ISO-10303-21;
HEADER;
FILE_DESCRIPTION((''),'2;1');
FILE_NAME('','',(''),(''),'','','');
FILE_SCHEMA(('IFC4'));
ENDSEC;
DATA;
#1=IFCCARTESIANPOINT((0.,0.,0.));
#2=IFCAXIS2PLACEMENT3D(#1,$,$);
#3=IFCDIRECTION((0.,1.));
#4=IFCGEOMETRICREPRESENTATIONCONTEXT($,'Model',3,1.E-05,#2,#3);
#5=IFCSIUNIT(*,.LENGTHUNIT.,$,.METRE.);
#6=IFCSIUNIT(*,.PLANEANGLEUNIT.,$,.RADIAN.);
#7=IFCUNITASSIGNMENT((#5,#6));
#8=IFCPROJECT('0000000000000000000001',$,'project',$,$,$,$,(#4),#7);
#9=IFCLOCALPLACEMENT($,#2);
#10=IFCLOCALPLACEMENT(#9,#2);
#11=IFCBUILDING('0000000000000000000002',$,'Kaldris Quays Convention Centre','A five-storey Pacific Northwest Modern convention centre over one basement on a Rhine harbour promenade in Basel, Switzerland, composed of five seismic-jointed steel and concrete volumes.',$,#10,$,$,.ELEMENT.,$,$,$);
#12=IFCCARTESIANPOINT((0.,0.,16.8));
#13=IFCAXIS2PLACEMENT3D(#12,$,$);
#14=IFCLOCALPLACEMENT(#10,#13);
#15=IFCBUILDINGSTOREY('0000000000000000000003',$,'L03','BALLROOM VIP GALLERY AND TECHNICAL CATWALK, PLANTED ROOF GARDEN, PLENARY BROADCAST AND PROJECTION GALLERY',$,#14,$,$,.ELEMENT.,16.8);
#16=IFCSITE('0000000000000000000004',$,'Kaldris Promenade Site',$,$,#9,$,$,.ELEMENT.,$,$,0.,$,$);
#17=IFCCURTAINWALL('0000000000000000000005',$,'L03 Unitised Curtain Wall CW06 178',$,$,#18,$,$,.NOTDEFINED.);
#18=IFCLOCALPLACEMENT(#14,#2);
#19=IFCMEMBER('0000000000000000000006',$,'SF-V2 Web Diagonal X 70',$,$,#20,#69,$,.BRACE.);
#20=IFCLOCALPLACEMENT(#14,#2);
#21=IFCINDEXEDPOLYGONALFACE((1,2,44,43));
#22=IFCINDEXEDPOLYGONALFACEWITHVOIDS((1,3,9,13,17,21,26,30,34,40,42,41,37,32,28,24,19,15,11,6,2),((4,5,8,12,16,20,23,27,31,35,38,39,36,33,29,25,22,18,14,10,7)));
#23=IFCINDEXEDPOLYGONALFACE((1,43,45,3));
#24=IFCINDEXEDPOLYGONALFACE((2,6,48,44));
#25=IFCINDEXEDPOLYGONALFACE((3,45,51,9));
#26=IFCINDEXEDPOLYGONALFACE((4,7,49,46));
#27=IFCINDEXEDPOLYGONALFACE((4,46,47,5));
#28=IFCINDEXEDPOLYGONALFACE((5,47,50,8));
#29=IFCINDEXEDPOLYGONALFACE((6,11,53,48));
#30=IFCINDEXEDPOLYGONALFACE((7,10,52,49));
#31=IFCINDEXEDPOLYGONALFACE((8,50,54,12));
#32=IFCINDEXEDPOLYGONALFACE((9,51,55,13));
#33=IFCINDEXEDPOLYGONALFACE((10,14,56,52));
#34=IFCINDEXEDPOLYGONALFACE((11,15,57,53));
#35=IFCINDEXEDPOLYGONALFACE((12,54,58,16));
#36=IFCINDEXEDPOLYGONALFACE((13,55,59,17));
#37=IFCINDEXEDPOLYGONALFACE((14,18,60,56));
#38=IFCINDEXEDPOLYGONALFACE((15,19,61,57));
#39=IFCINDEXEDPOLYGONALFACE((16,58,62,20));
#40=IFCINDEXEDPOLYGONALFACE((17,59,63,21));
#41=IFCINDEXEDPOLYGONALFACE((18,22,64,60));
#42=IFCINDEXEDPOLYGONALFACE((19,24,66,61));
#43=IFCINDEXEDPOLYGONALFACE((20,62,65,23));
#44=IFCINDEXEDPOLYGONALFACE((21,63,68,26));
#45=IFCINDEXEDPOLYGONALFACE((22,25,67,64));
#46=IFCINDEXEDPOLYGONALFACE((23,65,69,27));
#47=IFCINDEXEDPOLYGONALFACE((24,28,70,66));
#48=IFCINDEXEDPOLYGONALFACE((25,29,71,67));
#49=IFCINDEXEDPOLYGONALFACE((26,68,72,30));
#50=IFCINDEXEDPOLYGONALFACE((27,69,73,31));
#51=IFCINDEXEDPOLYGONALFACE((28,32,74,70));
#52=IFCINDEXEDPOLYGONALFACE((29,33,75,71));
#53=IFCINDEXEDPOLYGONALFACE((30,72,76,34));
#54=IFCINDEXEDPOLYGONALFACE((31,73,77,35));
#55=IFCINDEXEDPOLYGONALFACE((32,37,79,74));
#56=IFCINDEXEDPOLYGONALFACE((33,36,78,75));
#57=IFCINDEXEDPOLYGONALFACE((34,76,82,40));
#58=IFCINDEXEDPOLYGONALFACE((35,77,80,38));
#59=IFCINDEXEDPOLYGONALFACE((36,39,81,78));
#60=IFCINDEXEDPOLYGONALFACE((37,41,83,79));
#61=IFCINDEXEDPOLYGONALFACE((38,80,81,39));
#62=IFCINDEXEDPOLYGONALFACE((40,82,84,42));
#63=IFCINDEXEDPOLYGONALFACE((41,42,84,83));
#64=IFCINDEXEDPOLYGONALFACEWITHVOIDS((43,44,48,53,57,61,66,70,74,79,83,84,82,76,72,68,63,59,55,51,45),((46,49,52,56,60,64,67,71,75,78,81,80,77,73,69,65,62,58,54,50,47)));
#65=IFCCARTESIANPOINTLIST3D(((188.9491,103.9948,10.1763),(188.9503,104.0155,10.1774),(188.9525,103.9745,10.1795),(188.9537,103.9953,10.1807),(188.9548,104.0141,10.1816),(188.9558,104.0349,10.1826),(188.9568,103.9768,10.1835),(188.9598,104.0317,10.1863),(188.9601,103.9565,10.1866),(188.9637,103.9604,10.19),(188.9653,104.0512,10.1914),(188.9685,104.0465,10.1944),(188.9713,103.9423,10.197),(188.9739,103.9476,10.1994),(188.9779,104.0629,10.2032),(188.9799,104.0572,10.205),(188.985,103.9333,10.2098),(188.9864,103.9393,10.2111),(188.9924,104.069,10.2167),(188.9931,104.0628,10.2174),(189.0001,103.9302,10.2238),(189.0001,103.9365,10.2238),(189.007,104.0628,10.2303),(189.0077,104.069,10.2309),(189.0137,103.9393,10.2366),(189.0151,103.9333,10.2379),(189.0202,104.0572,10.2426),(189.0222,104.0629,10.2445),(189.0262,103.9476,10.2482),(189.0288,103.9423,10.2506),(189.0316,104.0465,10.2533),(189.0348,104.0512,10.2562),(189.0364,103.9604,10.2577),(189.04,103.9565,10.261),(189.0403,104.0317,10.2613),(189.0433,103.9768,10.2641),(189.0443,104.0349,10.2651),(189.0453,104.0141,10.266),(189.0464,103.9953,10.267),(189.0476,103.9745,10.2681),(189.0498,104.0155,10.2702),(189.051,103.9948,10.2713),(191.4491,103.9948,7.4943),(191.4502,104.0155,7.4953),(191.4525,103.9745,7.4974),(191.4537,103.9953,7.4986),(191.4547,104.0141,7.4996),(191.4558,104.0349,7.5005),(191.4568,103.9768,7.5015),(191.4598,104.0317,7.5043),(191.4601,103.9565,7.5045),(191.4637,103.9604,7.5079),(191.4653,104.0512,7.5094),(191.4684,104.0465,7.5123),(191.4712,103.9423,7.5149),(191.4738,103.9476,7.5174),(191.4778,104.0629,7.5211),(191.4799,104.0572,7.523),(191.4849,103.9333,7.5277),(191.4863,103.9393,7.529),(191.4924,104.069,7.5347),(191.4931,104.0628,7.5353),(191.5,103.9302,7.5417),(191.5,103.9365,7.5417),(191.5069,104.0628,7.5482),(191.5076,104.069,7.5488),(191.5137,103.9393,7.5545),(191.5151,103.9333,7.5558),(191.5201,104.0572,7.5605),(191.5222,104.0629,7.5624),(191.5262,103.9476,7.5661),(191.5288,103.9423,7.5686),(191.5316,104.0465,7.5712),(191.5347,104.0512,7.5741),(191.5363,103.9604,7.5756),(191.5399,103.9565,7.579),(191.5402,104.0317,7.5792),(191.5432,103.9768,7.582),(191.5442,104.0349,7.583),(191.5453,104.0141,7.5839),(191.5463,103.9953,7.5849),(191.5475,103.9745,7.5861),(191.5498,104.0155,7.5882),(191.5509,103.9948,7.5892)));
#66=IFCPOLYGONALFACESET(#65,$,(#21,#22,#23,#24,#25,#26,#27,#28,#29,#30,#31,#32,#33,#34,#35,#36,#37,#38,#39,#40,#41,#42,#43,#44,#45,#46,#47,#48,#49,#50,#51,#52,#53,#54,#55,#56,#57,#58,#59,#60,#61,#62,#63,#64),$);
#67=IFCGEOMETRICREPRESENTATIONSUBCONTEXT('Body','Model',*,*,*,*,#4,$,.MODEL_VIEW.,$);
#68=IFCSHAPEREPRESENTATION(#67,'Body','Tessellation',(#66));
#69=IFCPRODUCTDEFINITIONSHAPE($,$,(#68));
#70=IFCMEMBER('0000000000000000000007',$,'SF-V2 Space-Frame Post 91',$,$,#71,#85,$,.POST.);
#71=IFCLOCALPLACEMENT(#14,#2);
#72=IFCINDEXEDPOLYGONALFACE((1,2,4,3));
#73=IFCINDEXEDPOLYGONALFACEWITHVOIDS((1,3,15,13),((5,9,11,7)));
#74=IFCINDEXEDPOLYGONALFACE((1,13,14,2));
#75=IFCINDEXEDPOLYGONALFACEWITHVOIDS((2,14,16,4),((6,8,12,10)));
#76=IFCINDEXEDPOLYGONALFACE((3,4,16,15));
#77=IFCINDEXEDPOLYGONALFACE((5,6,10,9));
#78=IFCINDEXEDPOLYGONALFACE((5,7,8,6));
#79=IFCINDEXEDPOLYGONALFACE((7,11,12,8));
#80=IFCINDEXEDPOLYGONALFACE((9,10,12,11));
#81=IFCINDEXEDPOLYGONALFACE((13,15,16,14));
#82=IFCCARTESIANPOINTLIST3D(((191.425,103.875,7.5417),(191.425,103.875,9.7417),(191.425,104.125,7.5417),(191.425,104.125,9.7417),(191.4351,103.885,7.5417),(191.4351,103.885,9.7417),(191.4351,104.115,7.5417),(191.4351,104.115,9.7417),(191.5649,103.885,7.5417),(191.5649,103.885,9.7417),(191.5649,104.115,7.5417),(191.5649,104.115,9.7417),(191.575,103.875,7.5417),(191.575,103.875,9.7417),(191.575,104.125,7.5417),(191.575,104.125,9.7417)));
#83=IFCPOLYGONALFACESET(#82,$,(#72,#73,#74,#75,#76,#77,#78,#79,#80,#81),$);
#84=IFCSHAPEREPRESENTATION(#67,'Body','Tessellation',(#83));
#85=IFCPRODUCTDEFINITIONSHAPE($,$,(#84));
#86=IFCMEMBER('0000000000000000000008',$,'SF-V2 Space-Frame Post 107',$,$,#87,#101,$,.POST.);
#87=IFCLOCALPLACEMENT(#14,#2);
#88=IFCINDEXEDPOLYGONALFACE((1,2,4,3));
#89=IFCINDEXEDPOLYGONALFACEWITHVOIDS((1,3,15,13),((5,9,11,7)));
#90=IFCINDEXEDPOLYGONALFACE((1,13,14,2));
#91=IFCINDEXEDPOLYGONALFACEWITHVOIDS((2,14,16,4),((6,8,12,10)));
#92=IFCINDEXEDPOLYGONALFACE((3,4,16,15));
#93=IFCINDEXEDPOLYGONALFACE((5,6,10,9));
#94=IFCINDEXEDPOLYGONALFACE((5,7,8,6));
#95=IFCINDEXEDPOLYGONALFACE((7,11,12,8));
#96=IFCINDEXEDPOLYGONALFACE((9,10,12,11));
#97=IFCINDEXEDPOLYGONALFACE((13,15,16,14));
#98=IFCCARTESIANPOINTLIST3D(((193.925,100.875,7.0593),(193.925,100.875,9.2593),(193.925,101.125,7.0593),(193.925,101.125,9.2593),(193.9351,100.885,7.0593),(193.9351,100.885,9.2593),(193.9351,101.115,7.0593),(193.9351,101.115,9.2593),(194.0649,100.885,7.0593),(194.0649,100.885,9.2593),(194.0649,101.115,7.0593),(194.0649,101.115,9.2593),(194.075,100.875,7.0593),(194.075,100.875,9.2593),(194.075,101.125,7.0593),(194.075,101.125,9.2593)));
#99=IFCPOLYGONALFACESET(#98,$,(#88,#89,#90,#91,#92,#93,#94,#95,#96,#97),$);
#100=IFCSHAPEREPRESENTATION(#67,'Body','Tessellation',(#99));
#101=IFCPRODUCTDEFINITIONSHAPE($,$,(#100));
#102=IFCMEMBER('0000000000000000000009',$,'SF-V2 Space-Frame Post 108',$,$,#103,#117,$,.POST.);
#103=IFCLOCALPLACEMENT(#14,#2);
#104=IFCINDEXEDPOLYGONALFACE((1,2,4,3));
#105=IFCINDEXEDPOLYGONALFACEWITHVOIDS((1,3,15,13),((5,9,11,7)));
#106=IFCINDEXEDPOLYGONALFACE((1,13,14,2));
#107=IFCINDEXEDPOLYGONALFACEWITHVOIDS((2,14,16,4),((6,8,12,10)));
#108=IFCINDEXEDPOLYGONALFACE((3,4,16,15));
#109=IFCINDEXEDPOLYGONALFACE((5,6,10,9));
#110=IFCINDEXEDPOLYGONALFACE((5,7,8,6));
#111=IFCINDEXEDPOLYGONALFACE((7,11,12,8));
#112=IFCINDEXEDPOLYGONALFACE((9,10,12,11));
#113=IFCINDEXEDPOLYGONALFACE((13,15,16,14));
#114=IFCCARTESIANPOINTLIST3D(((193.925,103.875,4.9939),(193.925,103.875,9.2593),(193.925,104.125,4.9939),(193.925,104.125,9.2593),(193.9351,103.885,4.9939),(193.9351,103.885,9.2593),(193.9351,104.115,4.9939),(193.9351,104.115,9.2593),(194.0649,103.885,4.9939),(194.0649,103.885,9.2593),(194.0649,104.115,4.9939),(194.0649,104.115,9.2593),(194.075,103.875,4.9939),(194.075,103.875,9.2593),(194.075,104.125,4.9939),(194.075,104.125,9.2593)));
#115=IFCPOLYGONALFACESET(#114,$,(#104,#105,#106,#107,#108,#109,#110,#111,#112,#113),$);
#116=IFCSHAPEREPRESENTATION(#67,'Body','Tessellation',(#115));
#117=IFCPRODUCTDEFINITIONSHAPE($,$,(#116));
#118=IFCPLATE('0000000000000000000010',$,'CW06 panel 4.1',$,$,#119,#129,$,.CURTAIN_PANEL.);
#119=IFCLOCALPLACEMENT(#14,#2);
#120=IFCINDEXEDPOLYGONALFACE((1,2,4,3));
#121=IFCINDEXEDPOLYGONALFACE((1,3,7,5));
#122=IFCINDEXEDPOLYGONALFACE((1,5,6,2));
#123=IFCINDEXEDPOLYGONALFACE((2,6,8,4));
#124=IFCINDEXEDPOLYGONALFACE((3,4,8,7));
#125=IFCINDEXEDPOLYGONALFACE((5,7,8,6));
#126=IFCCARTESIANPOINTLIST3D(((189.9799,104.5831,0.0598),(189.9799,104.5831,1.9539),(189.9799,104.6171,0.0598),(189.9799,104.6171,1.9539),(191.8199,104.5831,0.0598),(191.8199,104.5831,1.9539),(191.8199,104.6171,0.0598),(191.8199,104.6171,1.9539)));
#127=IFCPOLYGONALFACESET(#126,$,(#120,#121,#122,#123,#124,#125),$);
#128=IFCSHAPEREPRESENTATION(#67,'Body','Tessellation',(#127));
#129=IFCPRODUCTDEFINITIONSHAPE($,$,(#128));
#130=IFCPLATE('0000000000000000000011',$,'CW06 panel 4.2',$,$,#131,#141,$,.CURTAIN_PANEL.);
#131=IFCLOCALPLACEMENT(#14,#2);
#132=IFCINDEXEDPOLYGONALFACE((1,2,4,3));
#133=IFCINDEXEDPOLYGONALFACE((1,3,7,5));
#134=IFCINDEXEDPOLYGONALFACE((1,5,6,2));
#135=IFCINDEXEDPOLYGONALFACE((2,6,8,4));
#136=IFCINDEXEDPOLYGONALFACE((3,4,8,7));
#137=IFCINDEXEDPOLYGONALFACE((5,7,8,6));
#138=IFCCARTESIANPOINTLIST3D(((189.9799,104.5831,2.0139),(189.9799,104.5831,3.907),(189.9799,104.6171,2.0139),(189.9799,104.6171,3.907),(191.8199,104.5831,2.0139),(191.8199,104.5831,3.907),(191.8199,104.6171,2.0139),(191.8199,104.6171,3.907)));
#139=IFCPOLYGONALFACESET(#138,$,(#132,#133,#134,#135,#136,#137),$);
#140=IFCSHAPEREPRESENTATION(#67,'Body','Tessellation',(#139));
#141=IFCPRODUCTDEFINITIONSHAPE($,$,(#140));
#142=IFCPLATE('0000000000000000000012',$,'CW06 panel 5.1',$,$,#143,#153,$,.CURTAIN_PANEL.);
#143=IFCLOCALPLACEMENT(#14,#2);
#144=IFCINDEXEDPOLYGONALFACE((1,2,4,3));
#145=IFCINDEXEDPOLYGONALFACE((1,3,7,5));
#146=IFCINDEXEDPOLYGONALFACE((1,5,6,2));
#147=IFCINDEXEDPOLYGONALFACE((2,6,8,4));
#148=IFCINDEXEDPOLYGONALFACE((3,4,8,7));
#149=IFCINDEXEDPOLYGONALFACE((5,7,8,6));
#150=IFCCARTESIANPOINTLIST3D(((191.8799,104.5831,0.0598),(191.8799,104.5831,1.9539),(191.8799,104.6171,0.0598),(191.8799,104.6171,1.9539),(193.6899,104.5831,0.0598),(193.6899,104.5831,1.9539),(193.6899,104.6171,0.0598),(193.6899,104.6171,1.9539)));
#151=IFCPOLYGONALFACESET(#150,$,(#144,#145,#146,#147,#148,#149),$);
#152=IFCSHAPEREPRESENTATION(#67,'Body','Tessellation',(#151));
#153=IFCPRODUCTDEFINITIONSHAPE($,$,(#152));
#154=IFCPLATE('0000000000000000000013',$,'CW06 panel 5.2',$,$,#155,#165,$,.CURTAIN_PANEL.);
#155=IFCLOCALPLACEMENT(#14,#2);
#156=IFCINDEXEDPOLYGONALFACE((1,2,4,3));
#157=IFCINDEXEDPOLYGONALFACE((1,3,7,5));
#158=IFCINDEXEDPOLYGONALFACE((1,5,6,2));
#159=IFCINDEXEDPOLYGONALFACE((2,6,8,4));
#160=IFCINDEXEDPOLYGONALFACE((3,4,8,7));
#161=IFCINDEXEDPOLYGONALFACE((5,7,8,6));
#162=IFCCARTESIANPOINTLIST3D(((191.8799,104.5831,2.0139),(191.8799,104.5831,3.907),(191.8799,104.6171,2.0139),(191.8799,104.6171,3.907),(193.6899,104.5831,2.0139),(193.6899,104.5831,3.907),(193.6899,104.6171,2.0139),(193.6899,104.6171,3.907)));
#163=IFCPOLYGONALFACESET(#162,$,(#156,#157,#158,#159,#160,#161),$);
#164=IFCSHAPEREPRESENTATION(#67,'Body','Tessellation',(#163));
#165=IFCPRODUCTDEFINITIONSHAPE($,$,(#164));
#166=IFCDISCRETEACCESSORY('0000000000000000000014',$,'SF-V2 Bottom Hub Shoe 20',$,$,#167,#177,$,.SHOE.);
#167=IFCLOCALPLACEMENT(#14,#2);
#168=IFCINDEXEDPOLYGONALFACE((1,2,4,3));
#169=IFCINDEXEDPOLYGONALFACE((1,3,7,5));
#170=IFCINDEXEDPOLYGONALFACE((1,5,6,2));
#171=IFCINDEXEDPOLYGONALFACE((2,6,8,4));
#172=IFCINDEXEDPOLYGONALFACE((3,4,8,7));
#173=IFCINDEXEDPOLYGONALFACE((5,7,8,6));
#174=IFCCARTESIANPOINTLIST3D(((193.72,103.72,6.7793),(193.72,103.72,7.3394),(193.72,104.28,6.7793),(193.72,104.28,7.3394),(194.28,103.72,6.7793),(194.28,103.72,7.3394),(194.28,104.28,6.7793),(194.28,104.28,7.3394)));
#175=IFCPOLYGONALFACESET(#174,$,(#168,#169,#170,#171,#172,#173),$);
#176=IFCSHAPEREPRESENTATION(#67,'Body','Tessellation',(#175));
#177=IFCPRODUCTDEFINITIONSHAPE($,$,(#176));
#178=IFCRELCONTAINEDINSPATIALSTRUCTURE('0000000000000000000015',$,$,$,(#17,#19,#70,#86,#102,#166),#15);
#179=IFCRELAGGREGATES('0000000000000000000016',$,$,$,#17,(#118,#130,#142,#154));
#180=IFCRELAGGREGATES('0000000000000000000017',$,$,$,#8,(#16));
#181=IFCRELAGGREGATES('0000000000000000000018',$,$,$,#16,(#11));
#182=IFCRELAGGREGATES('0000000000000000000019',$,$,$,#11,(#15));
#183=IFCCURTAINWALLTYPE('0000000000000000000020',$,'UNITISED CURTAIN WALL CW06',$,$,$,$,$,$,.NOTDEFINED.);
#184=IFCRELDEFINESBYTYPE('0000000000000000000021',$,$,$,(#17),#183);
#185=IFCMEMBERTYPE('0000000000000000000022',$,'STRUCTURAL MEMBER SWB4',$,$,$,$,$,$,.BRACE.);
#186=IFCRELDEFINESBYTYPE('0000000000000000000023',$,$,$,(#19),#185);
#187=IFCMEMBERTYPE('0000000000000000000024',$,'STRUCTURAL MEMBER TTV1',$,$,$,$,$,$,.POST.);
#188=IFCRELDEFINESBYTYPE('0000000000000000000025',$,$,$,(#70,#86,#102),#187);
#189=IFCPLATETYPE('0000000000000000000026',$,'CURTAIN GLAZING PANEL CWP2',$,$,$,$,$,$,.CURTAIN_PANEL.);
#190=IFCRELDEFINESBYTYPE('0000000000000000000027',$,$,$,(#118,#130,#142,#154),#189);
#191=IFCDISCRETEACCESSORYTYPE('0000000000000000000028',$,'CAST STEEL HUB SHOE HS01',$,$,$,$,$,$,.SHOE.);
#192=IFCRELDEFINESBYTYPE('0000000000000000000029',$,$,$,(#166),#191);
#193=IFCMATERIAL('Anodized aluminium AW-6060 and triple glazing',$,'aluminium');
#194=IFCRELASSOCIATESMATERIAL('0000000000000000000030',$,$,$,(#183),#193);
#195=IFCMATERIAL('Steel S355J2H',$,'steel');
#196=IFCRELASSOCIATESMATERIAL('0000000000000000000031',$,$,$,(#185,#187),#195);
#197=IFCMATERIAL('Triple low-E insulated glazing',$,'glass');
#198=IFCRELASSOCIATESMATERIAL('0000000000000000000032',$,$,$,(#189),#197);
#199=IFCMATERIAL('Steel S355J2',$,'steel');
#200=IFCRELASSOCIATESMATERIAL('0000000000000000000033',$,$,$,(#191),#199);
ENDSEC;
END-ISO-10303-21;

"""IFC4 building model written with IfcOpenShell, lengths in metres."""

from ifc_helpers import new_model, si_unit, direction, frame, origin, origin_2d, place, context, subcontext, project, spatial, rectangle, hollow_rectangle, hollow_circle, extrude, material, material_profile, profile_set, type_object, element, aggregate, save


model = new_model("IFC4")

# Units and contexts
model_context = context("Model", 3, precision=1e-05, world=origin(), true_north=direction((0.0, 1.0)))
body_context = subcontext(model_context, "Body", "Model", "MODEL_VIEW")
ifc_project = project(units=[si_unit("LENGTHUNIT", "METRE"), si_unit("PLANEANGLEUNIT", "RADIAN")], contexts=[model_context])

# Site, building, storey
site_placement = place(None, origin())
site = spatial("IfcSite", under=ifc_project, at=site_placement, Name="Kaldris Promenade Site", CompositionType="ELEMENT", RefElevation=0.0)
building_placement = place(site_placement, origin())
building = spatial("IfcBuilding", under=site, at=building_placement, Name="Kaldris Quays Convention Centre", Description="A five-storey Pacific Northwest Modern convention centre over one basement on a Rhine harbour promenade in Basel, Switzerland, composed of five seismic-jointed steel and concrete volumes.", CompositionType="ELEMENT")
storey_placement = place(building_placement, frame((0.0, 0.0, 16.8)))
storey = spatial("IfcBuildingStorey", under=building, at=storey_placement, Name="L03", Description="BALLROOM VIP GALLERY AND TECHNICAL CATWALK, PLANTED ROOF GARDEN, PLENARY BROADCAST AND PROJECTION GALLERY", CompositionType="ELEMENT", Elevation=16.8)

# Shared definitions
ifc_material_1 = material(Name="Steel S355J2", Category="steel")

# Curtain wall
ifc_material_2 = material(Name="Anodized aluminium AW-6060 and triple glazing", Category="aluminium")
curtain_wall_type = type_object("IfcCurtainWallType", Name="UNITISED CURTAIN WALL CW06", PredefinedType="NOTDEFINED", material=ifc_material_2)
curtain_wall_placement = place(storey_placement, origin())
curtain_wall = element("IfcCurtainWall", 1, at=curtain_wall_placement, inside=storey, type_object=curtain_wall_type, Name="L03 Unitised Curtain Wall CW06 178", PredefinedType="NOTDEFINED")

# Members
ifc_material_3 = material(Name="Steel S355J2H", Category="steel")
ifc_material_profile_1 = material_profile(ifc_material_3, hollow_circle(Radius=0.0698, WallThickness=0.0063, at=origin_2d()), Name="CHS 139.7x6.3")
ifc_profile_set_1 = profile_set([ifc_material_profile_1], Name="Steel S355J2H")
member_type_1 = type_object("IfcMemberType", Name="STRUCTURAL MEMBER SWB4", PredefinedType="BRACE", material=ifc_profile_set_1)
member_1_placement = place(storey_placement, frame((191.5, 104.0, 7.5417), z_axis=(-0.681834, 0.0, 0.731507), x_axis=(0.0, -1.0, 0.0)))
element("IfcMember", 2, at=member_1_placement, inside=storey, type_object=member_type_1, Name="SF-V2 Web Diagonal X 70", PredefinedType="BRACE", context=body_context, shape_type="SweptSolid", body=[
    extrude(hollow_circle(Radius=0.0698, WallThickness=0.0063, at=origin_2d()), origin(), (0.0, 0.0, 1.0), 3.6665),
])
ifc_material_profile_2 = material_profile(ifc_material_3, hollow_rectangle(XDim=0.1499, YDim=0.25, WallThickness=0.01, at=origin_2d()), Name="RHS 250x150x10")
ifc_profile_set_2 = profile_set([ifc_material_profile_2], Name="Steel S355J2H")
member_type_2 = type_object("IfcMemberType", Name="STRUCTURAL MEMBER TTV1", PredefinedType="POST", material=ifc_profile_set_2)
for number, where, z_axis, x_axis, name in (
    (3, (191.5, 104.0, 7.5417), (0.0, 0.0, 1.0), (1.0, 0.0, 0.0), "SF-V2 Space-Frame Post 91"),
    (4, (194.0, 101.0, 7.0593), (0.0, 0.0, 1.0), (1.0, 0.0, 0.0), "SF-V2 Space-Frame Post 107"),
):
    element("IfcMember", number, at=place(storey_placement, frame(where, z_axis=z_axis, x_axis=x_axis)), inside=storey, type_object=member_type_2, Name=name, PredefinedType="POST", context=body_context, shape_type="SweptSolid", body=[
        extrude(hollow_rectangle(XDim=0.1499, YDim=0.25, WallThickness=0.01, at=origin_2d()), origin(), (0.0, 0.0, 1.0), 2.2),
    ])
member_2_placement = place(storey_placement, frame((194.0, 104.0, 4.9939), z_axis=(0.0, 0.0, 1.0), x_axis=(1.0, 0.0, 0.0)))
element("IfcMember", 5, at=member_2_placement, inside=storey, type_object=member_type_2, Name="SF-V2 Space-Frame Post 108", PredefinedType="POST", context=body_context, shape_type="SweptSolid", body=[
    extrude(hollow_rectangle(XDim=0.1499, YDim=0.25, WallThickness=0.01, at=origin_2d()), origin(), (0.0, 0.0, 1.0), 4.2654),
])

# Plates
ifc_material_4 = material(Name="Triple low-E insulated glazing", Category="glass")
plate_type = type_object("IfcPlateType", Name="CURTAIN GLAZING PANEL CWP2", PredefinedType="CURTAIN_PANEL", material=ifc_material_4)
plate_1_placement = place(storey_placement, frame((190.8999, 104.6001, 0.0598), z_axis=(0.0, 0.0, 1.0), x_axis=(1.0, 0.0, 0.0)))
plate_1 = element("IfcPlate", 6, at=plate_1_placement, type_object=plate_type, Name="CW06 panel 4.1", PredefinedType="CURTAIN_PANEL", context=body_context, shape_type="SweptSolid", body=[
    extrude(rectangle(XDim=1.8401, YDim=0.0339, at=origin_2d()), origin(), (0.0, 0.0, 1.0), 1.894),
])
plate_2_placement = place(storey_placement, frame((190.8999, 104.6001, 2.0139), z_axis=(0.0, 0.0, 1.0), x_axis=(1.0, 0.0, 0.0)))
plate_2 = element("IfcPlate", 7, at=plate_2_placement, type_object=plate_type, Name="CW06 panel 4.2", PredefinedType="CURTAIN_PANEL", context=body_context, shape_type="SweptSolid", body=[
    extrude(rectangle(XDim=1.8401, YDim=0.0339, at=origin_2d()), origin(), (0.0, 0.0, 1.0), 1.8931),
])
plate_3_placement = place(storey_placement, frame((192.7849, 104.6001, 0.0598), z_axis=(0.0, 0.0, 1.0), x_axis=(1.0, 0.0, 0.0)))
plate_3 = element("IfcPlate", 8, at=plate_3_placement, type_object=plate_type, Name="CW06 panel 5.1", PredefinedType="CURTAIN_PANEL", context=body_context, shape_type="SweptSolid", body=[
    extrude(rectangle(XDim=1.8101, YDim=0.0339, at=origin_2d()), origin(), (0.0, 0.0, 1.0), 1.894),
])
plate_4_placement = place(storey_placement, frame((192.7849, 104.6001, 2.0139), z_axis=(0.0, 0.0, 1.0), x_axis=(1.0, 0.0, 0.0)))
plate_4 = element("IfcPlate", 9, at=plate_4_placement, type_object=plate_type, Name="CW06 panel 5.2", PredefinedType="CURTAIN_PANEL", context=body_context, shape_type="SweptSolid", body=[
    extrude(rectangle(XDim=1.8101, YDim=0.0339, at=origin_2d()), origin(), (0.0, 0.0, 1.0), 1.8931),
])
aggregate(curtain_wall, [plate_1, plate_2, plate_3, plate_4])

# Discrete accessory
discrete_accessory_type = type_object("IfcDiscreteAccessoryType", Name="CAST STEEL HUB SHOE HS01", PredefinedType="SHOE", material=ifc_material_1)
discrete_accessory_placement = place(storey_placement, frame((194.0, 104.0, 6.7793), z_axis=(0.0, 0.0, 1.0), x_axis=(1.0, 0.0, 0.0)))
element("IfcDiscreteAccessory", 10, at=discrete_accessory_placement, inside=storey, type_object=discrete_accessory_type, Name="SF-V2 Bottom Hub Shoe 20", PredefinedType="SHOE", context=body_context, shape_type="SweptSolid", body=[
    extrude(rectangle(XDim=0.5601, YDim=0.5601, at=origin_2d()), origin(), (0.0, 0.0, 1.0), 0.5601),
])

save(model, "model.ifc")
